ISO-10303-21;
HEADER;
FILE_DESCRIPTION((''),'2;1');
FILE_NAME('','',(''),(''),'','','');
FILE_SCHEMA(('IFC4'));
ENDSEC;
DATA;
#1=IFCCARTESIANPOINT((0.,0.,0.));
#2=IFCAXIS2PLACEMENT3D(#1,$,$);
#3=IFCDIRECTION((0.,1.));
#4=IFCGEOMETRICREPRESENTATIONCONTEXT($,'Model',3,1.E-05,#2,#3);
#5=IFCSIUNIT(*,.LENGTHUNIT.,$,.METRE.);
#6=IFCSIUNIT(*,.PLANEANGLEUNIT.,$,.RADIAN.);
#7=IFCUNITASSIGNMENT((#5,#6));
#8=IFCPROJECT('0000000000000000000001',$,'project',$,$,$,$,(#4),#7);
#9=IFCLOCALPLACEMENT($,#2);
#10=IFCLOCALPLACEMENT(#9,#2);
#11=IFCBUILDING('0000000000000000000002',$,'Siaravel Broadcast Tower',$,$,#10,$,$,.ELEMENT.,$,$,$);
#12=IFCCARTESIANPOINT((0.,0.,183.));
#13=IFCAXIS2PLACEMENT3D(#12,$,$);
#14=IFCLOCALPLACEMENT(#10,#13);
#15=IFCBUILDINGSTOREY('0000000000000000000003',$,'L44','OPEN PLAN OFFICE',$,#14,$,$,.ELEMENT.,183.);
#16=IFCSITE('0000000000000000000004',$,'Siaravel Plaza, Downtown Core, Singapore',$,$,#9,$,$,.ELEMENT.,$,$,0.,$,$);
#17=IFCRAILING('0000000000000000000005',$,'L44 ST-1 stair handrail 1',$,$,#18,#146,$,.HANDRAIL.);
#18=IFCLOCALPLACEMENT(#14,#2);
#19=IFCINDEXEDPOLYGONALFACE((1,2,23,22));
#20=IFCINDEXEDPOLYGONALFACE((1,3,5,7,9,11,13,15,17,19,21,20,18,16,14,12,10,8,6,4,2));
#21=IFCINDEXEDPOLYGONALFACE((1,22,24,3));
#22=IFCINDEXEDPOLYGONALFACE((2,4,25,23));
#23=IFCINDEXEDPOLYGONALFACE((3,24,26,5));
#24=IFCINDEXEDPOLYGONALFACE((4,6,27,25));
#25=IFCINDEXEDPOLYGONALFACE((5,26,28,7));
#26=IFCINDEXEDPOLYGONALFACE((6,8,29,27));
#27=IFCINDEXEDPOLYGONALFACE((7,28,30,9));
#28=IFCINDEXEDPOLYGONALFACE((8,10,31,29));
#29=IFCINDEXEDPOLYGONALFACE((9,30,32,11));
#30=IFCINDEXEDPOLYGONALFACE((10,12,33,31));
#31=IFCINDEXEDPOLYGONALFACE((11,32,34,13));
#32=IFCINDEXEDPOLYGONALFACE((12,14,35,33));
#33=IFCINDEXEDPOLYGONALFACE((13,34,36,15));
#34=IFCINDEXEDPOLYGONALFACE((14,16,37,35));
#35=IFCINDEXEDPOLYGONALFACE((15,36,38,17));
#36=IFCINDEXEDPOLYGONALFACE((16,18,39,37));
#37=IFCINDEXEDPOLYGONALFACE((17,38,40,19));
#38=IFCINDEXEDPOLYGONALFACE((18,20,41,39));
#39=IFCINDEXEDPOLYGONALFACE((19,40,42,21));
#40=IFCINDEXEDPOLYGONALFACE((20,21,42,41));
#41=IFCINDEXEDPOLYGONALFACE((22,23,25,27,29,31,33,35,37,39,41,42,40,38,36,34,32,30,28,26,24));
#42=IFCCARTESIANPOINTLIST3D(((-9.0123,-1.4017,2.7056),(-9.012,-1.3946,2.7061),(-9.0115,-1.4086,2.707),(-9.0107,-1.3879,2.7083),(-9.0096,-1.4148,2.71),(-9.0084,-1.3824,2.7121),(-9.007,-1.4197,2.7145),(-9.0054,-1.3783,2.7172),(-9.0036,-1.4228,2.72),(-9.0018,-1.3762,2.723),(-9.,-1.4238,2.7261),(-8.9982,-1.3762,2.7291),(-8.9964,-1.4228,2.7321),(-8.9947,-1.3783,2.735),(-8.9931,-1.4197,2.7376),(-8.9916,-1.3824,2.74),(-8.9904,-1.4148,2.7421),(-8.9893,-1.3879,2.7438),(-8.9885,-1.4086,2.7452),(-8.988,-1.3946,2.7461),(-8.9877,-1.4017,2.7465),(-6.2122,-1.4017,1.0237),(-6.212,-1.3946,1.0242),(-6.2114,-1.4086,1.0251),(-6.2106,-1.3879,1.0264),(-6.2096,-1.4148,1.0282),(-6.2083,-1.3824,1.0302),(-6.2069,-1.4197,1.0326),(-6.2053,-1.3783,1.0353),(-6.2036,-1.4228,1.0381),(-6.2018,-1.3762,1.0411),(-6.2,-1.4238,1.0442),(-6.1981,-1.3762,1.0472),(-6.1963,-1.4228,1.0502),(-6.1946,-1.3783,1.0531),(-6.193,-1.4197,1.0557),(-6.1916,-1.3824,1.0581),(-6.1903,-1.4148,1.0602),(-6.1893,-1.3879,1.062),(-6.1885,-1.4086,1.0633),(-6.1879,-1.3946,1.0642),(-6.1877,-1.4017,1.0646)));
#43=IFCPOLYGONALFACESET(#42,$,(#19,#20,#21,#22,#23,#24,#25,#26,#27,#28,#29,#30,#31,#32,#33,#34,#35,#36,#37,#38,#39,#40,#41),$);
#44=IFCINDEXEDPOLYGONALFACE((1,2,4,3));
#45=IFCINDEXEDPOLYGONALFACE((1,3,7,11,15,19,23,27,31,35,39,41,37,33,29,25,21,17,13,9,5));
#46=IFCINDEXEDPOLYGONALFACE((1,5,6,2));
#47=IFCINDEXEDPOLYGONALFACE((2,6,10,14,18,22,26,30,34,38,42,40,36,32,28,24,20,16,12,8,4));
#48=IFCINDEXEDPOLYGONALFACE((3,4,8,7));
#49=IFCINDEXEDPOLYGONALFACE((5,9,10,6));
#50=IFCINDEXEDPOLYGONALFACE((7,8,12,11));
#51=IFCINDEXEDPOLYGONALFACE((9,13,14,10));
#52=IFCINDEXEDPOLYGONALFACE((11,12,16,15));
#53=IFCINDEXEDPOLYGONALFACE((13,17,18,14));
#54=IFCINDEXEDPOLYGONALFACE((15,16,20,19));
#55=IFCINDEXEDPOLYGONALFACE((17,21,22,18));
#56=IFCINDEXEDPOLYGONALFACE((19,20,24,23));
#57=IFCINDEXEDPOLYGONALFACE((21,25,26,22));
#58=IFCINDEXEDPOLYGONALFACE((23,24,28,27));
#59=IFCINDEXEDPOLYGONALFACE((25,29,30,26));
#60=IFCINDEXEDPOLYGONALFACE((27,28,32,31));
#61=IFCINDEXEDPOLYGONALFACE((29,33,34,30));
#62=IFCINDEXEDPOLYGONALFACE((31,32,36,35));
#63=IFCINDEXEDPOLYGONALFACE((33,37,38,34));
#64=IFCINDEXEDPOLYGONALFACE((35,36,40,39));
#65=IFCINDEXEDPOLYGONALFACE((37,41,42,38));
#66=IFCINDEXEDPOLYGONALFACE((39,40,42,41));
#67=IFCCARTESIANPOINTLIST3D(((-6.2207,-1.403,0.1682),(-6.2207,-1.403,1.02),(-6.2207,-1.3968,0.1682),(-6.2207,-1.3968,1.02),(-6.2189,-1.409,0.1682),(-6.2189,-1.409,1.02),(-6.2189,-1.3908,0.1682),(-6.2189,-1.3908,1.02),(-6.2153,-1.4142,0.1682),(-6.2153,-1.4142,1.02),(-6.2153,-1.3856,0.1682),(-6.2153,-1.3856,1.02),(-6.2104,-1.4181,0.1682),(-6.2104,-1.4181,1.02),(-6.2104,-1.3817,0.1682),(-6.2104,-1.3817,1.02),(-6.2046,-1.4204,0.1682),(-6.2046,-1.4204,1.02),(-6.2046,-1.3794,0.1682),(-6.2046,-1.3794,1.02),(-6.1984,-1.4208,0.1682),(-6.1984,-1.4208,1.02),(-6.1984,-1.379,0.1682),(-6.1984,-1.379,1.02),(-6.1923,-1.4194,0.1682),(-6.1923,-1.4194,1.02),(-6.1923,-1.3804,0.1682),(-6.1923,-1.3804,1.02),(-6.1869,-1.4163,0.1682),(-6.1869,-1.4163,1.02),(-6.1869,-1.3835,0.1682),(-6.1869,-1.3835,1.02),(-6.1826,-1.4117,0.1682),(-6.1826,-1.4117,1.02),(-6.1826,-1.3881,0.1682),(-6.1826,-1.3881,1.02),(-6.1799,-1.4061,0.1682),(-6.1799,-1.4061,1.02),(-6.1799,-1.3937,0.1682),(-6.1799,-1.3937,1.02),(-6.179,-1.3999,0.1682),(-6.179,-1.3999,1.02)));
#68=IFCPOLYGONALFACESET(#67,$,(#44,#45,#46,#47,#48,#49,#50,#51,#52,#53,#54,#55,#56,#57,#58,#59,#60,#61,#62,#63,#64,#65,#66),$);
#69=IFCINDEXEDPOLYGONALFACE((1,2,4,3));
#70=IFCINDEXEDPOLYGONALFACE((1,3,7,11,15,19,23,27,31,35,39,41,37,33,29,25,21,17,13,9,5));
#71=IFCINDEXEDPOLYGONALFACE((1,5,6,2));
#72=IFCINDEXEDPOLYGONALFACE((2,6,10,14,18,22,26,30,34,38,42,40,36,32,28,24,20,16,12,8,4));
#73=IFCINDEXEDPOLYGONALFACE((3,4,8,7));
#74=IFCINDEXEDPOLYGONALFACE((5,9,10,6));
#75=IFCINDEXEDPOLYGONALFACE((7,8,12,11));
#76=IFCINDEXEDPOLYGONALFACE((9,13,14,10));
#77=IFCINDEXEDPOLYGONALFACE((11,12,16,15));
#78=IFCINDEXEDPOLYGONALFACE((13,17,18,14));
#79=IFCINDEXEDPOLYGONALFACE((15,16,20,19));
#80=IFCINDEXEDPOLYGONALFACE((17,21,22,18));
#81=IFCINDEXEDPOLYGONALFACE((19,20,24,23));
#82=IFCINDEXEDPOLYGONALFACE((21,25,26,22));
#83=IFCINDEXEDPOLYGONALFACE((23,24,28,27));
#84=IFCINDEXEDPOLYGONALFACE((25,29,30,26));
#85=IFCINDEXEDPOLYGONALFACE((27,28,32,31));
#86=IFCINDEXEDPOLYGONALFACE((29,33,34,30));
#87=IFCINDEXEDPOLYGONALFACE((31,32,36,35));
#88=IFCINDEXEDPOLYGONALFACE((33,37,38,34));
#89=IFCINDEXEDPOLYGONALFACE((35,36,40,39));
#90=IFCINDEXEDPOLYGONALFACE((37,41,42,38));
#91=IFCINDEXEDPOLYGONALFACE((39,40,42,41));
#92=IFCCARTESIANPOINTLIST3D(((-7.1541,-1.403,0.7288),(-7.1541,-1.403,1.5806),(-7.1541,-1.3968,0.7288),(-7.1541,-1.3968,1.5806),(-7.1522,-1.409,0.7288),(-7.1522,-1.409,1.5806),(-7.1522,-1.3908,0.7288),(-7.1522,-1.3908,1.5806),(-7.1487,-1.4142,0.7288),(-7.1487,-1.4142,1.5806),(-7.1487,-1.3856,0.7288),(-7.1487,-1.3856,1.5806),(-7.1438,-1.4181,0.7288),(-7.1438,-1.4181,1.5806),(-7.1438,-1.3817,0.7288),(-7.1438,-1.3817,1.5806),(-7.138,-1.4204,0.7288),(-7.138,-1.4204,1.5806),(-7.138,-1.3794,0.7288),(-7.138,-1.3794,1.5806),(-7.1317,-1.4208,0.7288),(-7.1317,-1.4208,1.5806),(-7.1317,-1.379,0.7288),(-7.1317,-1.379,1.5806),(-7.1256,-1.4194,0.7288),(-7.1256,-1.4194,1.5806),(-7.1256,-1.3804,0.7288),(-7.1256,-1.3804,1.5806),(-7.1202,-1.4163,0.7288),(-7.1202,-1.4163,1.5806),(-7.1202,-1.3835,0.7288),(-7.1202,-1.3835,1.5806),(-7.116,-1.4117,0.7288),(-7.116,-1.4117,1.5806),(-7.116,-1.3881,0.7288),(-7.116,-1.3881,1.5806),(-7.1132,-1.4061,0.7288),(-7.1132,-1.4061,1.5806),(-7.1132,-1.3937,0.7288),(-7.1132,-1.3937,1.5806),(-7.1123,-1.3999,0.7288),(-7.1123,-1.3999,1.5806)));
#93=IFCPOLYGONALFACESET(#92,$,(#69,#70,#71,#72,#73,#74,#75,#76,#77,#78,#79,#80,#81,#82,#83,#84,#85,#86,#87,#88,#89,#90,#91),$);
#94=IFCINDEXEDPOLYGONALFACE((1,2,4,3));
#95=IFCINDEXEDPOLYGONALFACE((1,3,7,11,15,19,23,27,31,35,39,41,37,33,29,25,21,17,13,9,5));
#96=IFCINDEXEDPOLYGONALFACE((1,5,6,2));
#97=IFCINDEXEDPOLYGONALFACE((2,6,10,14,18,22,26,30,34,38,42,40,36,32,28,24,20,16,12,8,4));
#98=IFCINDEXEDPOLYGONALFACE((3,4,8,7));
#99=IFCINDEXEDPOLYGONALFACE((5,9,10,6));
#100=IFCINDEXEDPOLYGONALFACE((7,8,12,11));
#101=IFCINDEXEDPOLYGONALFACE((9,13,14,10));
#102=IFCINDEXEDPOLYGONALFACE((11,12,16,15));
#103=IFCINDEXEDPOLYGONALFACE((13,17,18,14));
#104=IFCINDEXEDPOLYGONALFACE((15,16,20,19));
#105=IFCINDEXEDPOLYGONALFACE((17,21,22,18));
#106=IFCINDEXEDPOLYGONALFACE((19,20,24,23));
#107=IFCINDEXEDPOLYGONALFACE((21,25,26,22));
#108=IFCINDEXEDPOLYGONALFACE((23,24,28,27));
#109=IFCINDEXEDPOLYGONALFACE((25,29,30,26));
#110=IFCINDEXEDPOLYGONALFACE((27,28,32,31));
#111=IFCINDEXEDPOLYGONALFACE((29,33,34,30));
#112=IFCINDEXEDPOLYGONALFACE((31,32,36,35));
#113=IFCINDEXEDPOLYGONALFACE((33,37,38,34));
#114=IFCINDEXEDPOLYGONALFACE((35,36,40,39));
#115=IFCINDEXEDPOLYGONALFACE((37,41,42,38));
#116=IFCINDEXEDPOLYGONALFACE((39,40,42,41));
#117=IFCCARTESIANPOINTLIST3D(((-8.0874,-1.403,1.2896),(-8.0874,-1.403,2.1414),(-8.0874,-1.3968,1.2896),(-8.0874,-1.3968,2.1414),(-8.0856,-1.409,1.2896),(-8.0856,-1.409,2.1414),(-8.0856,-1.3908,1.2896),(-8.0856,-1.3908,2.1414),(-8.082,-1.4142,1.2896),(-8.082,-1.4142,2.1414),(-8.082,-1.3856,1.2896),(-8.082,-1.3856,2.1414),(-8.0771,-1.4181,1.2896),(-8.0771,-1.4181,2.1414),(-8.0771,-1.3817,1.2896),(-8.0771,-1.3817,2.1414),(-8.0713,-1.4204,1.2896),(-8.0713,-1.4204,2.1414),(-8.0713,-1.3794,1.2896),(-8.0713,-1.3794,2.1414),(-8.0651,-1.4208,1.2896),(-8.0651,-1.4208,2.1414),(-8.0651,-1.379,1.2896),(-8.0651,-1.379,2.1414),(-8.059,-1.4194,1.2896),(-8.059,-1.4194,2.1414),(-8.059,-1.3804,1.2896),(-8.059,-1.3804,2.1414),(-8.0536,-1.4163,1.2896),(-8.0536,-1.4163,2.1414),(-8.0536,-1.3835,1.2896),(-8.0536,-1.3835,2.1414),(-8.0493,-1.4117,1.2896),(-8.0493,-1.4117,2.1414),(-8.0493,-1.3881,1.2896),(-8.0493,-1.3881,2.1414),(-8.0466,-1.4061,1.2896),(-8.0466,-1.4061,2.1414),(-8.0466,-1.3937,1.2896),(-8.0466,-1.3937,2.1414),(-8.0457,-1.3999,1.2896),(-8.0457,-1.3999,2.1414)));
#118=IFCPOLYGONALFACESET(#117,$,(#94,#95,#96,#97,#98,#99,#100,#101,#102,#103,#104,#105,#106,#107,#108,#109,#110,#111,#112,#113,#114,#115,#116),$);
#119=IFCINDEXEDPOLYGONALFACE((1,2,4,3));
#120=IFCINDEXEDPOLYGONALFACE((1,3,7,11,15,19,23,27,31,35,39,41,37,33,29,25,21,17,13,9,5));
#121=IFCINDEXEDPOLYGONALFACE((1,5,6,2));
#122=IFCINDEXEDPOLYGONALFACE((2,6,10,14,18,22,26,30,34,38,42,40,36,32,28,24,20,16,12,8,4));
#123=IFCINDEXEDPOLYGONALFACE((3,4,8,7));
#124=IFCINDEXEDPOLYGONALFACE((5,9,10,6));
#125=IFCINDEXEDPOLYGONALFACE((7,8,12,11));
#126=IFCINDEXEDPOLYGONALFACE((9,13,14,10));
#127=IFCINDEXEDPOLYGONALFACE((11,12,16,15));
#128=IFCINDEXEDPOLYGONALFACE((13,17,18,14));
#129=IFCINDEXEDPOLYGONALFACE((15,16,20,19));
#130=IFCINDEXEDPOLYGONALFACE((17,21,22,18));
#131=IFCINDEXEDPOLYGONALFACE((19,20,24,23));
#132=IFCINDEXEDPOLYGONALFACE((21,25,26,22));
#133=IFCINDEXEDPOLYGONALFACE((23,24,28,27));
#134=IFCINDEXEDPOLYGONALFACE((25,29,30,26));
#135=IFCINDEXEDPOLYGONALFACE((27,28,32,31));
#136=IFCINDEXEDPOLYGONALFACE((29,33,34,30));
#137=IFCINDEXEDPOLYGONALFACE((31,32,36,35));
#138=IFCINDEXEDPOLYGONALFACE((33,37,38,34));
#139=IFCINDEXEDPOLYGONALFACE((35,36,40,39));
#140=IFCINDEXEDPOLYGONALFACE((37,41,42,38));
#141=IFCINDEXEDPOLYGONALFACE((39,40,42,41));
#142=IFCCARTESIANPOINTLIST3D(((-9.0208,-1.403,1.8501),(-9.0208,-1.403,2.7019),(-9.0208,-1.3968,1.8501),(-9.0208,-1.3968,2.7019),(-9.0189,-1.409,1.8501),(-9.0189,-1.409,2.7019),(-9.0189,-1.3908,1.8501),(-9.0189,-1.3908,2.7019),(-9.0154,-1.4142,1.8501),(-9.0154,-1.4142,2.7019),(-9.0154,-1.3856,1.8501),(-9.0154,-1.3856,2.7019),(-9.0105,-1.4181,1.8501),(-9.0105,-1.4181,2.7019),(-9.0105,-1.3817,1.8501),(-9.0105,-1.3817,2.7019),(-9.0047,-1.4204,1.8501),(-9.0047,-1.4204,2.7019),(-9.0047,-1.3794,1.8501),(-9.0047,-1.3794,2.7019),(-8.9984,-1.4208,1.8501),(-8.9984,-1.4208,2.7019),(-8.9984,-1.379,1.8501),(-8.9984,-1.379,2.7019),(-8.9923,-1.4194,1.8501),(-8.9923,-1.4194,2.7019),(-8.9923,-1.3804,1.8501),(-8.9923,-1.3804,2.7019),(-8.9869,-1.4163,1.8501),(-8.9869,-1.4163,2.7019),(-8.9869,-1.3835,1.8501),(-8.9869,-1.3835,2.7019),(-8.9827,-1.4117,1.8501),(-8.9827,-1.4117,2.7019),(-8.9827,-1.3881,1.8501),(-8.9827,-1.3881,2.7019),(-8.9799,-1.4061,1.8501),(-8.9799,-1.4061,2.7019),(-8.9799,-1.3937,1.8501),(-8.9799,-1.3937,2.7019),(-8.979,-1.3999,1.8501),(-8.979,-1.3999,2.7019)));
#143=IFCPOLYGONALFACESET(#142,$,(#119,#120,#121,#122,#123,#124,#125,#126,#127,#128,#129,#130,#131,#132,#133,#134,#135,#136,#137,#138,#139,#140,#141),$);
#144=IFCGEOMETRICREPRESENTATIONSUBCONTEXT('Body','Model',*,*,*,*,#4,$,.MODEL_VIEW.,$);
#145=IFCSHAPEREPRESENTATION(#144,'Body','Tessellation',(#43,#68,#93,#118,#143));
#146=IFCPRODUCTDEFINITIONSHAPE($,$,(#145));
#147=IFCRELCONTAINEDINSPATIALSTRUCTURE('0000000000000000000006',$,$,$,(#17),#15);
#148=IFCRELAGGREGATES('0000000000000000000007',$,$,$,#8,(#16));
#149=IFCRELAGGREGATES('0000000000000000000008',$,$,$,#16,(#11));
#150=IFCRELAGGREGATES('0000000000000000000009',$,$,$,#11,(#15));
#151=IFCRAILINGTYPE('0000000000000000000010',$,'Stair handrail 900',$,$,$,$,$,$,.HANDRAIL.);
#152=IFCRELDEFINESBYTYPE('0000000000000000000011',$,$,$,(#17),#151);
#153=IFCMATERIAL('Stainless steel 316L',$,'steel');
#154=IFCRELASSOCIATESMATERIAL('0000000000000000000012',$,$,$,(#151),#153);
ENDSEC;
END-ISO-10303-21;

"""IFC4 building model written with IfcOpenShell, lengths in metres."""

from ifc_helpers import new_model, si_unit, direction, frame, origin, origin_2d, place, context, subcontext, project, spatial, circle, extrude, material, type_object, element, save


model = new_model("IFC4")

# Units and contexts
model_context = context("Model", 3, precision=1e-05, world=origin(), true_north=direction((0.0, 1.0)))
body_context = subcontext(model_context, "Body", "Model", "MODEL_VIEW")
ifc_project = project(units=[si_unit("LENGTHUNIT", "METRE"), si_unit("PLANEANGLEUNIT", "RADIAN")], contexts=[model_context])

# Site, building, storey
site_placement = place(None, origin())
site = spatial("IfcSite", under=ifc_project, at=site_placement, Name="Siaravel Plaza, Downtown Core, Singapore", CompositionType="ELEMENT", RefElevation=0.0)
building_placement = place(site_placement, origin())
building = spatial("IfcBuilding", under=site, at=building_placement, Name="Siaravel Broadcast Tower", CompositionType="ELEMENT")
storey_placement = place(building_placement, frame((0.0, 0.0, 183.0)))
storey = spatial("IfcBuildingStorey", under=building, at=storey_placement, Name="L44", Description="OPEN PLAN OFFICE", CompositionType="ELEMENT", Elevation=183.0)

# Railing
ifc_material_1 = material(Name="Stainless steel 316L", Category="steel")
railing_type_1 = type_object("IfcRailingType", Name="Stair handrail 900", PredefinedType="HANDRAIL", material=ifc_material_1)
railing_1_placement = place(storey_placement, frame((-6.2, -1.3999, 0.1682)))
element("IfcRailing", 1, at=railing_1_placement, inside=storey, type_object=railing_type_1, Name="L44 ST-1 stair handrail 1", PredefinedType="HANDRAIL", context=body_context, shape_type="SweptSolid", body=[
    extrude(circle(Radius=0.0239, at=origin_2d()), frame((0.0, 0.0, 0.876), z_axis=(-0.857242, 0.0, 0.514913), x_axis=(0.0, -1.0, 0.0)), (0.0, 0.0, 1.0), 3.2664),
    extrude(circle(Radius=0.021, at=origin_2d()), origin(), (0.0, 0.0, 1.0), 0.8518),
    extrude(circle(Radius=0.021, at=origin_2d()), frame((-0.9333, 0.0, 0.5605)), (0.0, 0.0, 1.0), 0.8518),
    extrude(circle(Radius=0.021, at=origin_2d()), frame((-1.8667, 0.0, 1.1213)), (0.0, 0.0, 1.0), 0.8518),
    extrude(circle(Radius=0.021, at=origin_2d()), frame((-2.8, 0.0, 1.6819)), (0.0, 0.0, 1.0), 0.8518),
])

save(model, "model.ifc")
